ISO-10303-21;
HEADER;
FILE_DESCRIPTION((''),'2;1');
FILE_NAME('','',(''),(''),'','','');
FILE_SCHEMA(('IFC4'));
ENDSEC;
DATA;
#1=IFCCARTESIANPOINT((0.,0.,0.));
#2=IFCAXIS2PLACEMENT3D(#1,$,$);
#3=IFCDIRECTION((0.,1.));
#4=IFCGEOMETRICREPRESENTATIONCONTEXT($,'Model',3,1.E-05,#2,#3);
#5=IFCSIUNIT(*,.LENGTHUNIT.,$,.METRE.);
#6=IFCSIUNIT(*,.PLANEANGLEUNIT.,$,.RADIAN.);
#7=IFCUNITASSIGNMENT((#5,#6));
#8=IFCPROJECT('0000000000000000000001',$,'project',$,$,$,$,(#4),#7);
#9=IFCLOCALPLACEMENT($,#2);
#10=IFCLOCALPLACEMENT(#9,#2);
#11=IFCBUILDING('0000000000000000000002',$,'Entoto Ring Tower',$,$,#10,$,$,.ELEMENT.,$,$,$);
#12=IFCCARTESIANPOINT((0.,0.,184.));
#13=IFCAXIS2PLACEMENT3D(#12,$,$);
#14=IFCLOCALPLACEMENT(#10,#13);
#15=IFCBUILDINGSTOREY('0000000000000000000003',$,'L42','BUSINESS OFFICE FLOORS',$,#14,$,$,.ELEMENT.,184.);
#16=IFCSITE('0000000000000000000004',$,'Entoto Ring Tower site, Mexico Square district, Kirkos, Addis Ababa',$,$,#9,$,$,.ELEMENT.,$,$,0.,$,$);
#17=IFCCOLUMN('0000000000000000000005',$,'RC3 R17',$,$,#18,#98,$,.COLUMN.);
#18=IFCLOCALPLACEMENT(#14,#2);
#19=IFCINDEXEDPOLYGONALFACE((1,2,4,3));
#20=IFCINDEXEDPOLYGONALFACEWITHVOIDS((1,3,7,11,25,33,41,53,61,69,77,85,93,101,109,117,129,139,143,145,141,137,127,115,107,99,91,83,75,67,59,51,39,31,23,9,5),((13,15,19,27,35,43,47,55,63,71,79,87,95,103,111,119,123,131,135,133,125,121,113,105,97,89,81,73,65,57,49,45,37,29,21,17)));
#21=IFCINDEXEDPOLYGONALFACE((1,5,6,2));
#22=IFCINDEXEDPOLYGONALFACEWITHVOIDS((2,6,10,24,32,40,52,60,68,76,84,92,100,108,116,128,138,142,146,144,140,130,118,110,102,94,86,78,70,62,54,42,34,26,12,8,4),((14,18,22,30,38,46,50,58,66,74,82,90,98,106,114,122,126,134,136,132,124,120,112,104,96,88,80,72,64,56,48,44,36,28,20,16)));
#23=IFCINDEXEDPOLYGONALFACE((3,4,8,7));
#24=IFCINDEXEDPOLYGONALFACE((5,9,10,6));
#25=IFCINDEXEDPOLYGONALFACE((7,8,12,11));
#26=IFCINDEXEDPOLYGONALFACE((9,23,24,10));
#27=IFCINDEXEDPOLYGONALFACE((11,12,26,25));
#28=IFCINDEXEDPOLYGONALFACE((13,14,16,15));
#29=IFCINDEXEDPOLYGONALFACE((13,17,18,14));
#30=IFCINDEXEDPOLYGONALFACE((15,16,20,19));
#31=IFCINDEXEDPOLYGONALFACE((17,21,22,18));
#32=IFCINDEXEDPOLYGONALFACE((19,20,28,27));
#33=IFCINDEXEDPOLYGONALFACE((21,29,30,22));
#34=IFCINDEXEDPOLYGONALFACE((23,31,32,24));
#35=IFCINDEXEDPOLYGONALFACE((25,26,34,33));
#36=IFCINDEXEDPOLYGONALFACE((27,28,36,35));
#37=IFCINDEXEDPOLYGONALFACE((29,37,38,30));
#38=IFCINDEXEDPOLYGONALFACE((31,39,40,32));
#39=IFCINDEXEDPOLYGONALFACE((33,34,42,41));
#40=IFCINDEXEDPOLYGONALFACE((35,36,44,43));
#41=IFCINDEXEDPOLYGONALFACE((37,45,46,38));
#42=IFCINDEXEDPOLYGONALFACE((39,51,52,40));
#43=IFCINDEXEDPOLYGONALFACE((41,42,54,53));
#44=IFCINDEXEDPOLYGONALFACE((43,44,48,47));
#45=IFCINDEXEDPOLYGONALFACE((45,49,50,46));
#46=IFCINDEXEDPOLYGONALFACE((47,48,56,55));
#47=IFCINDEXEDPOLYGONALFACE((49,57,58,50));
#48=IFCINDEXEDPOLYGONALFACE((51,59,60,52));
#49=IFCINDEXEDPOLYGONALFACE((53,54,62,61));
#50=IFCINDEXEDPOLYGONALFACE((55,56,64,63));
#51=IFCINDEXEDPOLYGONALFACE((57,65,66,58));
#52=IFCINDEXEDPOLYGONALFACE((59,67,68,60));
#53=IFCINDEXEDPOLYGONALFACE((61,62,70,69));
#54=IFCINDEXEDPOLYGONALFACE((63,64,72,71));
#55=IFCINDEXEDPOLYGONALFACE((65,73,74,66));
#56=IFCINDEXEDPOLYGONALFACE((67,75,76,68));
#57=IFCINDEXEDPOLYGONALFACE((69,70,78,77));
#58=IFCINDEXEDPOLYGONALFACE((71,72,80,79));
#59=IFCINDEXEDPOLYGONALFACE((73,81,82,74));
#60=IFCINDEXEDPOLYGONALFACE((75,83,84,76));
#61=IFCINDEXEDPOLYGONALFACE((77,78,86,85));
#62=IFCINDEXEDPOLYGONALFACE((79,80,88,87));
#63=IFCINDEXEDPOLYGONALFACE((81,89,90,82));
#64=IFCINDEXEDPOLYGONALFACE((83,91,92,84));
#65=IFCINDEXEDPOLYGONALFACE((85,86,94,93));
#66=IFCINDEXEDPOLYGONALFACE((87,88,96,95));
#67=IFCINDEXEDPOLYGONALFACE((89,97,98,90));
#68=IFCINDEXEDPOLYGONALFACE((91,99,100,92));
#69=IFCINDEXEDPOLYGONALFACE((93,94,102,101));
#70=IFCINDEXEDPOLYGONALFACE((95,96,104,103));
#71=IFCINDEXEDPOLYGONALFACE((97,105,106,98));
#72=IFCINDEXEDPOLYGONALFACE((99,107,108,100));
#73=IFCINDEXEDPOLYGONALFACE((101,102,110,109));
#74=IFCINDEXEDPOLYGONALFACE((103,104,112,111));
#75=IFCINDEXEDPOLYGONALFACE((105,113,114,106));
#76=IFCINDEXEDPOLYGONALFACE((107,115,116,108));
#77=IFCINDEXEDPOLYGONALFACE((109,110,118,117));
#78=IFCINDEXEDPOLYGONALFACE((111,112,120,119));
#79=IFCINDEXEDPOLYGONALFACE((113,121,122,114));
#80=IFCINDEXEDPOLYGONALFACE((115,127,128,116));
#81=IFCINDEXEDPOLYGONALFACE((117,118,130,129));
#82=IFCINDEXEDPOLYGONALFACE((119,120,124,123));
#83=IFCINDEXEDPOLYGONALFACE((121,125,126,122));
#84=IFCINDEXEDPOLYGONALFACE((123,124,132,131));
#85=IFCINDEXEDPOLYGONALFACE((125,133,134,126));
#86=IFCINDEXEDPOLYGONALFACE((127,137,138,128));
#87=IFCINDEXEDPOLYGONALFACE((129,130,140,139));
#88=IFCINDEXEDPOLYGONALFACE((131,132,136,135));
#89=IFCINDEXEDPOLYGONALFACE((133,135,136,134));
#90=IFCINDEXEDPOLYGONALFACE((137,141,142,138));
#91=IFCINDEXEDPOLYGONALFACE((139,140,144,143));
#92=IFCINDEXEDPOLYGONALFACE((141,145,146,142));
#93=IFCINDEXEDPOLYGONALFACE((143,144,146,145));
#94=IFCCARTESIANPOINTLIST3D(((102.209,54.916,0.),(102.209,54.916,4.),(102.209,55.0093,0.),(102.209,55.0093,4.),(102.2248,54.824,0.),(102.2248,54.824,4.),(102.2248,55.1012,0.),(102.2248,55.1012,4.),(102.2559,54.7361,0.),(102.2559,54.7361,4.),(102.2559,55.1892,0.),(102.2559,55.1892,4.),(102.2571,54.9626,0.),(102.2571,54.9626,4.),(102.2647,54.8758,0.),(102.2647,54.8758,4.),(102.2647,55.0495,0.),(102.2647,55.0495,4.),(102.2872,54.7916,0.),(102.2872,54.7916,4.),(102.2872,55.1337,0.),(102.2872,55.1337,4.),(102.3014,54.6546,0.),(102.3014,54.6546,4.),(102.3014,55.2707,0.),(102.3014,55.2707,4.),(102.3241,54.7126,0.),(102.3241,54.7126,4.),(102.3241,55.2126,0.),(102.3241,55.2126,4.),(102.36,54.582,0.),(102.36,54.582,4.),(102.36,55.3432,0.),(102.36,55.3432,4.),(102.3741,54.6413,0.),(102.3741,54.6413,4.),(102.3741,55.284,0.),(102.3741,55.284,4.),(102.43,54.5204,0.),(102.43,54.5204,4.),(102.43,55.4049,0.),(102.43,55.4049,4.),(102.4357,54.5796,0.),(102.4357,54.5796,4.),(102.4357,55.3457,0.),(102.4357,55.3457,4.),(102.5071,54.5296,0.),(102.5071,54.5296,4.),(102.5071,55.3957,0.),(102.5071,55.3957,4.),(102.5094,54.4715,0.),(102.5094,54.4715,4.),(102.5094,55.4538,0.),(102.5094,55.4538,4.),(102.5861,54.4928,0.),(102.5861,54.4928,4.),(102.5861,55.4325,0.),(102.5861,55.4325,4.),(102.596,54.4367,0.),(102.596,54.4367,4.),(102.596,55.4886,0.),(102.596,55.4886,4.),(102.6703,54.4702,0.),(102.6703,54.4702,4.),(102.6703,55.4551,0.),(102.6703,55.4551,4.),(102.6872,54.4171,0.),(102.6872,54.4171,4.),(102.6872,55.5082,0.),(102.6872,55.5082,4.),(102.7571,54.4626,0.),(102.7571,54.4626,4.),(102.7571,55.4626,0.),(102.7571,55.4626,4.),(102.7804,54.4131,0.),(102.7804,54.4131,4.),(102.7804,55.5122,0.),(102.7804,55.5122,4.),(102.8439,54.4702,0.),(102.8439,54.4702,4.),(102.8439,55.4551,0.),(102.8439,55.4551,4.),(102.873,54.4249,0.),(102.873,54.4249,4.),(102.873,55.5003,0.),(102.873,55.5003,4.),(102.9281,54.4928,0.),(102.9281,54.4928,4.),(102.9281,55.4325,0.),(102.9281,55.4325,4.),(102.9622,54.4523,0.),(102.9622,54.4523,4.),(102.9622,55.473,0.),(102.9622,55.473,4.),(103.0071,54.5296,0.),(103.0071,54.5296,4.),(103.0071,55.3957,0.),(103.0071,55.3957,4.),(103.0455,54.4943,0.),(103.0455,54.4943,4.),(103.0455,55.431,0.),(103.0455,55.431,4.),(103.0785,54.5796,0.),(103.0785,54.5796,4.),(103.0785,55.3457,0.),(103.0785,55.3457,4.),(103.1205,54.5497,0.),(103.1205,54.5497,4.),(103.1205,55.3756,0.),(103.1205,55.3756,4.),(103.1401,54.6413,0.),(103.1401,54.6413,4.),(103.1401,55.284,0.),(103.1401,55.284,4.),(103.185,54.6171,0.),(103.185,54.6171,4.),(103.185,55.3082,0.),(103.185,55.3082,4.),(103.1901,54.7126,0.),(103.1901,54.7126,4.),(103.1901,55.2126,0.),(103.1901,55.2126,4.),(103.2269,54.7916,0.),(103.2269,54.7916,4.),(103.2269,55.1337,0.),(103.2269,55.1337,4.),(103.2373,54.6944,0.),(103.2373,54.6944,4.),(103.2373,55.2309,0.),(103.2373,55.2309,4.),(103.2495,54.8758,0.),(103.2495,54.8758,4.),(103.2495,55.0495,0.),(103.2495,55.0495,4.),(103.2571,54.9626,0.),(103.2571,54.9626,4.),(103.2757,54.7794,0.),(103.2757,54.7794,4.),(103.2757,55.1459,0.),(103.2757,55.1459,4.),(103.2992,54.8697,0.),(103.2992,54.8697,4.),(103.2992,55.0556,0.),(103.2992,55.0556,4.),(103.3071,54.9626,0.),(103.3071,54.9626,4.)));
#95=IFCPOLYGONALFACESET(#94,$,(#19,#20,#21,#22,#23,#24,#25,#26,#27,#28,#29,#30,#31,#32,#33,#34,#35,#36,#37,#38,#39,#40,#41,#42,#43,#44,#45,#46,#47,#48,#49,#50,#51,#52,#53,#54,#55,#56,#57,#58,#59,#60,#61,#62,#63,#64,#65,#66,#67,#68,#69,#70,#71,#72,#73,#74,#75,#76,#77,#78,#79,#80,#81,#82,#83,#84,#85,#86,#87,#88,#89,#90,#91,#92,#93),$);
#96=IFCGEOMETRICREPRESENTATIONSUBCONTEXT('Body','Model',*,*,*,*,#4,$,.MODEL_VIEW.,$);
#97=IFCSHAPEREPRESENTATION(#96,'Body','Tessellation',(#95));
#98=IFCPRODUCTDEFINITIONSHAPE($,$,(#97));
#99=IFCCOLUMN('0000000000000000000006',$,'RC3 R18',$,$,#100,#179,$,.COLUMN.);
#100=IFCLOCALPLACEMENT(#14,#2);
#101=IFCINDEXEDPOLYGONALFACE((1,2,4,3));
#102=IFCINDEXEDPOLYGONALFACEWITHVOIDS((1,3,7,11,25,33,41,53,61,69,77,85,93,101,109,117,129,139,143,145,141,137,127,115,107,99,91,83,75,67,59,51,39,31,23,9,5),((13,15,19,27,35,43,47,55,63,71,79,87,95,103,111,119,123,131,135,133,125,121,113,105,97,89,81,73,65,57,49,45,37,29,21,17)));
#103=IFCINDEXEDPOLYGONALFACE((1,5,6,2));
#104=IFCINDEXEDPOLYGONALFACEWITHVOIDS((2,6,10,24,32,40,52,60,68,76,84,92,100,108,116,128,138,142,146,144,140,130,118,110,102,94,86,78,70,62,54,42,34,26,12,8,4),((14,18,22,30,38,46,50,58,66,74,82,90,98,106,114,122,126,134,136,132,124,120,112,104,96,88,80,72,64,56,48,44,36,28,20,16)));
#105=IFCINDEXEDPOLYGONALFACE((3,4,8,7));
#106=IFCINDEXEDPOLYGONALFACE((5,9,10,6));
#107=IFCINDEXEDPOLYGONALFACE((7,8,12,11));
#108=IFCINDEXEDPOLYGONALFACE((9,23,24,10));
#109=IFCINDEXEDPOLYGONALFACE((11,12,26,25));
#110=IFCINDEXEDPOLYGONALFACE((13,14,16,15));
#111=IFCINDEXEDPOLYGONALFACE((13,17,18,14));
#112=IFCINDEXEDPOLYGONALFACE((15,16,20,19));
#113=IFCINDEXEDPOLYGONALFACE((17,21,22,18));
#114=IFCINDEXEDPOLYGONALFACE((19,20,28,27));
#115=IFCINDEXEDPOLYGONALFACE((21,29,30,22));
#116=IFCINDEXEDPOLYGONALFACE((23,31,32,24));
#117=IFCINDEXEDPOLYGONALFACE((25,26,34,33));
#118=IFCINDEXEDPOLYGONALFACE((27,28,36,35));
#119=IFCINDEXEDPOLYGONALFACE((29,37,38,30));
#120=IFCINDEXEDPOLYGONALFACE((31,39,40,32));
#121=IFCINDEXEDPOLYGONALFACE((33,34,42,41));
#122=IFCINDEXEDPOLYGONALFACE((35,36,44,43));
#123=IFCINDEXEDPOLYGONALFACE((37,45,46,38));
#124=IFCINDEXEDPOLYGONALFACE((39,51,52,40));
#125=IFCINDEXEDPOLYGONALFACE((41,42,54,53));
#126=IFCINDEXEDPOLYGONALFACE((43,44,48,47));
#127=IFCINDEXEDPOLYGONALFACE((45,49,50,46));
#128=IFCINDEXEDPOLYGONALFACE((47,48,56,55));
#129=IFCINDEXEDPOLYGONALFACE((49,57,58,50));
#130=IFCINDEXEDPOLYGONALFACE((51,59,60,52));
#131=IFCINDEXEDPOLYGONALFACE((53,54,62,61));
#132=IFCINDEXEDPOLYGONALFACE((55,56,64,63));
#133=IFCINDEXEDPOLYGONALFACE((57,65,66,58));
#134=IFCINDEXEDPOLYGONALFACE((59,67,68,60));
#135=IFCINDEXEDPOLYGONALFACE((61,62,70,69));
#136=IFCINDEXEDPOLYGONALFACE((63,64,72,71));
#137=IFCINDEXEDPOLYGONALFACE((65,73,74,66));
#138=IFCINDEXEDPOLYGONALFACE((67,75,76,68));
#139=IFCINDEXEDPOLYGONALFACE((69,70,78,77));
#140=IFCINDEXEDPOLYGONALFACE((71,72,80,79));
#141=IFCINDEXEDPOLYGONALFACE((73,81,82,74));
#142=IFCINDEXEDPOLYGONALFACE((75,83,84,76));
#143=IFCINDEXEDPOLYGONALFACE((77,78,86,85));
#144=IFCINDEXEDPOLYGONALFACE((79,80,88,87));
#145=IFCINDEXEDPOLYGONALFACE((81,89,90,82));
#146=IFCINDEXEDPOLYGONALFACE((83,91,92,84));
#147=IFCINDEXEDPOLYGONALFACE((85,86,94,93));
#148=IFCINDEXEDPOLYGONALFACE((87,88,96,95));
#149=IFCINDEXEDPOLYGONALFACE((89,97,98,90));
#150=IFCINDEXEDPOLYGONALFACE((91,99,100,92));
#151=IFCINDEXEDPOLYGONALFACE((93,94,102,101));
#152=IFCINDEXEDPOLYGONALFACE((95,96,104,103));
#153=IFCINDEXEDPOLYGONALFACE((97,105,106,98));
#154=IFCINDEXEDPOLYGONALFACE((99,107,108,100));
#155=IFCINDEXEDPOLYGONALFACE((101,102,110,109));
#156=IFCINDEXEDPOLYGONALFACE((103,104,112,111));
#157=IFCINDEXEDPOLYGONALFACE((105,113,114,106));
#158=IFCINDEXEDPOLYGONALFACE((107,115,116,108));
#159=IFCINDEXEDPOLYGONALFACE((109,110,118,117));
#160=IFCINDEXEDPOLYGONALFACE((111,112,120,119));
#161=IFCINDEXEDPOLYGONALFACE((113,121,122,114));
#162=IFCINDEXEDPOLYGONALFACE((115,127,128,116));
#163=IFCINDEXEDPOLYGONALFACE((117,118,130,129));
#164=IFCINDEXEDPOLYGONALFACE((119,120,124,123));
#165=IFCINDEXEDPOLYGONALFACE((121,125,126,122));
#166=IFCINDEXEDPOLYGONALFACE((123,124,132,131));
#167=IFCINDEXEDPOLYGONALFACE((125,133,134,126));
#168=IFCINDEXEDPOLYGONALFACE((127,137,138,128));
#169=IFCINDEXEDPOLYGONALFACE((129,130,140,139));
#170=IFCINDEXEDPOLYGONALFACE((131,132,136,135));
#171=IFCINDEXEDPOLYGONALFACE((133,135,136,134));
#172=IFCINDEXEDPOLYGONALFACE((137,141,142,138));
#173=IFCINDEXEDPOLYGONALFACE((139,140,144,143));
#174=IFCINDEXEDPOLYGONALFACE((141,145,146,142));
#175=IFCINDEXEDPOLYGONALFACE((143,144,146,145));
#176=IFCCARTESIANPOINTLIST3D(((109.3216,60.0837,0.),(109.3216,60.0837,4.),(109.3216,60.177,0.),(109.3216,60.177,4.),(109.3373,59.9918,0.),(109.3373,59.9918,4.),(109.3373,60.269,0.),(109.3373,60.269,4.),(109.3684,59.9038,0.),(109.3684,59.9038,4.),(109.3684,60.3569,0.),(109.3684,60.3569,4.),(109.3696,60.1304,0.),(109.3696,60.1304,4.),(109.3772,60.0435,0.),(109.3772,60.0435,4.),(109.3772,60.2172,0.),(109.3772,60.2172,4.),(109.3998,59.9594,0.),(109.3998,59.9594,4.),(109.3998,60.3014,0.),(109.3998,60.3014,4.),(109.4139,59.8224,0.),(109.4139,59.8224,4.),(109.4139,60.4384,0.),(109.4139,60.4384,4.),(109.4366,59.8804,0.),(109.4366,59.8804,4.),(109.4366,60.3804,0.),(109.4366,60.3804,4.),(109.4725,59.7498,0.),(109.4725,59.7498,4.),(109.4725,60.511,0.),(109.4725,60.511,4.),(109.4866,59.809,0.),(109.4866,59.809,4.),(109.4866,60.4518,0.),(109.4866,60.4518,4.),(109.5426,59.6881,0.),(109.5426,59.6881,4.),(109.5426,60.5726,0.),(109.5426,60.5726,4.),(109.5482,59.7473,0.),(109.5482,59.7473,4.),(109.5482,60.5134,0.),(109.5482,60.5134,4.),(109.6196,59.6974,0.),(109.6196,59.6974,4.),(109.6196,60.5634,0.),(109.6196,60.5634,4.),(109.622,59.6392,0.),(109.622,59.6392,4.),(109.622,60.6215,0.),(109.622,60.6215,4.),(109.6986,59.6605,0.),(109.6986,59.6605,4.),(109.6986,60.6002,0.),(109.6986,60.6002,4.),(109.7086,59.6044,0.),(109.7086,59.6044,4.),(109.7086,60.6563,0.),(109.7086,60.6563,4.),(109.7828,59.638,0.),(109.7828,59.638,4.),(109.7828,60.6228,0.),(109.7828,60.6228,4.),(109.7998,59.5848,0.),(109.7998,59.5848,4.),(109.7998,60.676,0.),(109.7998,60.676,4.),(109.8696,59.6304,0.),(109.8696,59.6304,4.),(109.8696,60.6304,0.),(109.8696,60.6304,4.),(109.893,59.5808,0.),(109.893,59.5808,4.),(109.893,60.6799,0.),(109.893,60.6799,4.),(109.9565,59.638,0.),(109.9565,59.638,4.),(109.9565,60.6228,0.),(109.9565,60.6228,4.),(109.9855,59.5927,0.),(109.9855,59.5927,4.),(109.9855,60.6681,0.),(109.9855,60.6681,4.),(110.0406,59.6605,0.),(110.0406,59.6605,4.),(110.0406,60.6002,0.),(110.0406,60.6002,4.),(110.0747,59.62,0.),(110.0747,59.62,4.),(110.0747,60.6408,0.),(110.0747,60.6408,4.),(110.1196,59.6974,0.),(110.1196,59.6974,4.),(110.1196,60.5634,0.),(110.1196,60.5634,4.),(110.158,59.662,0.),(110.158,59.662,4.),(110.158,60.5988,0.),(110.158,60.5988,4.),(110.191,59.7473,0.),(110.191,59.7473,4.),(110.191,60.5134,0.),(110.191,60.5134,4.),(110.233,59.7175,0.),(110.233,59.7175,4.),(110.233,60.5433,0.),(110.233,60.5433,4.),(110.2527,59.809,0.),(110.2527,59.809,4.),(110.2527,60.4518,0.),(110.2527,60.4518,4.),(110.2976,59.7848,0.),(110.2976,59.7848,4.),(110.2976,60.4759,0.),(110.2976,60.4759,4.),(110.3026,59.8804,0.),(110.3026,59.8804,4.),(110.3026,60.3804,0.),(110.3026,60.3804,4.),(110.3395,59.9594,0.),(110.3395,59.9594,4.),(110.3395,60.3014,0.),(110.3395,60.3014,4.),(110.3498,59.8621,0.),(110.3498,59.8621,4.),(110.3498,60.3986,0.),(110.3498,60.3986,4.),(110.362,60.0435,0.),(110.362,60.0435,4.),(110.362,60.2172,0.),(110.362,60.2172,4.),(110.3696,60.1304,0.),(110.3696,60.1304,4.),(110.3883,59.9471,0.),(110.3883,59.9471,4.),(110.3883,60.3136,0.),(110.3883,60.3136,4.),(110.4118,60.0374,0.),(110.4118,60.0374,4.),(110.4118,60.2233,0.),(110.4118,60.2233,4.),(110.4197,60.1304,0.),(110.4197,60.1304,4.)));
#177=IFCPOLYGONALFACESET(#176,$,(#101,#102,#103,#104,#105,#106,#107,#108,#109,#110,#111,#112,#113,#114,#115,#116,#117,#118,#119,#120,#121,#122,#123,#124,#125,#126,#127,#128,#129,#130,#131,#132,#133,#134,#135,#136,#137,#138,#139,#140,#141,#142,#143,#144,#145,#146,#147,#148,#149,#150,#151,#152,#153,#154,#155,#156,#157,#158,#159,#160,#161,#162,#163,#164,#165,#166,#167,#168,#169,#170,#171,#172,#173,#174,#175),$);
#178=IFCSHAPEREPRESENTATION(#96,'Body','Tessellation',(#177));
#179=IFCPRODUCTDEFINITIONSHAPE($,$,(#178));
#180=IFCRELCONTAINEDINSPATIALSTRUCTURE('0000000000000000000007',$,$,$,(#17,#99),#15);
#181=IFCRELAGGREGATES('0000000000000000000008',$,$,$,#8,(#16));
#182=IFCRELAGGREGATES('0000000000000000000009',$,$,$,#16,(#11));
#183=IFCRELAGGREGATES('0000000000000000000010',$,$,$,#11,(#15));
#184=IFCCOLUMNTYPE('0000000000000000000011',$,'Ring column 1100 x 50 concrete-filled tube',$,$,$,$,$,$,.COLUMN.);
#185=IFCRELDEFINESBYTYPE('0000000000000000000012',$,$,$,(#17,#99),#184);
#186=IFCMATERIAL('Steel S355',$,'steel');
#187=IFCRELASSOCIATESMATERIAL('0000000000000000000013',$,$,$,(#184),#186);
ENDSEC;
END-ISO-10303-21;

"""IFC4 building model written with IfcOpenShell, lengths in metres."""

from ifc_helpers import new_model, si_unit, direction, frame, origin, origin_2d, place, context, subcontext, project, spatial, circle, hollow_circle, extrude, material, material_profile, profile_set, type_object, element, save


model = new_model("IFC4")

# Units and contexts
model_context = context("Model", 3, precision=1e-05, world=origin(), true_north=direction((0.0, 1.0)))
body_context = subcontext(model_context, "Body", "Model", "MODEL_VIEW")
ifc_project = project(units=[si_unit("LENGTHUNIT", "METRE"), si_unit("PLANEANGLEUNIT", "RADIAN")], contexts=[model_context])

# Site, building, storey
site_placement = place(None, origin())
site = spatial("IfcSite", under=ifc_project, at=site_placement, Name="Entoto Ring Tower site, Mexico Square district, Kirkos, Addis Ababa", CompositionType="ELEMENT", RefElevation=0.0)
building_placement = place(site_placement, origin())
building = spatial("IfcBuilding", under=site, at=building_placement, Name="Entoto Ring Tower", CompositionType="ELEMENT")
storey_placement = place(building_placement, frame((0.0, 0.0, 184.0)))
storey = spatial("IfcBuildingStorey", under=building, at=storey_placement, Name="L42", Description="BUSINESS OFFICE FLOORS", CompositionType="ELEMENT", Elevation=184.0)

# Columns
ifc_material_1 = material(Name="Steel S355", Category="steel")
ifc_material_profile_1 = material_profile(ifc_material_1, hollow_circle(Radius=0.55, WallThickness=0.05, at=origin_2d()), Name="CHS 1100 x 50")
ifc_material_2 = material(Name="Concrete C60/75", Category="concrete")
ifc_material_profile_2 = material_profile(ifc_material_2, circle(Radius=0.5, at=origin_2d()), Name="Concrete C60/75 infill")
ifc_profile_set_1 = profile_set([ifc_material_profile_1, ifc_material_profile_2], Name="Steel S355")
column_type = type_object("IfcColumnType", Name="Ring column 1100 x 50 concrete-filled tube", PredefinedType="COLUMN", material=ifc_profile_set_1)
for number, where, z_axis, x_axis, name in (
    (1, (102.7571, 54.9626, 0.0), (0.0, 0.0, 1.0), (1.0, 0.0, 0.0), "RC3 R17"),
    (2, (109.8696, 60.1304, 0.0), (0.0, 0.0, 1.0), (1.0, 0.0, 0.0), "RC3 R18"),
):
    element("IfcColumn", number, at=place(storey_placement, frame(where, z_axis=z_axis, x_axis=x_axis)), inside=storey, type_object=column_type, Name=name, PredefinedType="COLUMN", context=body_context, shape_type="SweptSolid", body=[
        extrude(hollow_circle(Radius=0.55, WallThickness=0.05, at=origin_2d()), origin(), (0.0, 0.0, 1.0), 4.0),
    ])

save(model, "model.ifc")
